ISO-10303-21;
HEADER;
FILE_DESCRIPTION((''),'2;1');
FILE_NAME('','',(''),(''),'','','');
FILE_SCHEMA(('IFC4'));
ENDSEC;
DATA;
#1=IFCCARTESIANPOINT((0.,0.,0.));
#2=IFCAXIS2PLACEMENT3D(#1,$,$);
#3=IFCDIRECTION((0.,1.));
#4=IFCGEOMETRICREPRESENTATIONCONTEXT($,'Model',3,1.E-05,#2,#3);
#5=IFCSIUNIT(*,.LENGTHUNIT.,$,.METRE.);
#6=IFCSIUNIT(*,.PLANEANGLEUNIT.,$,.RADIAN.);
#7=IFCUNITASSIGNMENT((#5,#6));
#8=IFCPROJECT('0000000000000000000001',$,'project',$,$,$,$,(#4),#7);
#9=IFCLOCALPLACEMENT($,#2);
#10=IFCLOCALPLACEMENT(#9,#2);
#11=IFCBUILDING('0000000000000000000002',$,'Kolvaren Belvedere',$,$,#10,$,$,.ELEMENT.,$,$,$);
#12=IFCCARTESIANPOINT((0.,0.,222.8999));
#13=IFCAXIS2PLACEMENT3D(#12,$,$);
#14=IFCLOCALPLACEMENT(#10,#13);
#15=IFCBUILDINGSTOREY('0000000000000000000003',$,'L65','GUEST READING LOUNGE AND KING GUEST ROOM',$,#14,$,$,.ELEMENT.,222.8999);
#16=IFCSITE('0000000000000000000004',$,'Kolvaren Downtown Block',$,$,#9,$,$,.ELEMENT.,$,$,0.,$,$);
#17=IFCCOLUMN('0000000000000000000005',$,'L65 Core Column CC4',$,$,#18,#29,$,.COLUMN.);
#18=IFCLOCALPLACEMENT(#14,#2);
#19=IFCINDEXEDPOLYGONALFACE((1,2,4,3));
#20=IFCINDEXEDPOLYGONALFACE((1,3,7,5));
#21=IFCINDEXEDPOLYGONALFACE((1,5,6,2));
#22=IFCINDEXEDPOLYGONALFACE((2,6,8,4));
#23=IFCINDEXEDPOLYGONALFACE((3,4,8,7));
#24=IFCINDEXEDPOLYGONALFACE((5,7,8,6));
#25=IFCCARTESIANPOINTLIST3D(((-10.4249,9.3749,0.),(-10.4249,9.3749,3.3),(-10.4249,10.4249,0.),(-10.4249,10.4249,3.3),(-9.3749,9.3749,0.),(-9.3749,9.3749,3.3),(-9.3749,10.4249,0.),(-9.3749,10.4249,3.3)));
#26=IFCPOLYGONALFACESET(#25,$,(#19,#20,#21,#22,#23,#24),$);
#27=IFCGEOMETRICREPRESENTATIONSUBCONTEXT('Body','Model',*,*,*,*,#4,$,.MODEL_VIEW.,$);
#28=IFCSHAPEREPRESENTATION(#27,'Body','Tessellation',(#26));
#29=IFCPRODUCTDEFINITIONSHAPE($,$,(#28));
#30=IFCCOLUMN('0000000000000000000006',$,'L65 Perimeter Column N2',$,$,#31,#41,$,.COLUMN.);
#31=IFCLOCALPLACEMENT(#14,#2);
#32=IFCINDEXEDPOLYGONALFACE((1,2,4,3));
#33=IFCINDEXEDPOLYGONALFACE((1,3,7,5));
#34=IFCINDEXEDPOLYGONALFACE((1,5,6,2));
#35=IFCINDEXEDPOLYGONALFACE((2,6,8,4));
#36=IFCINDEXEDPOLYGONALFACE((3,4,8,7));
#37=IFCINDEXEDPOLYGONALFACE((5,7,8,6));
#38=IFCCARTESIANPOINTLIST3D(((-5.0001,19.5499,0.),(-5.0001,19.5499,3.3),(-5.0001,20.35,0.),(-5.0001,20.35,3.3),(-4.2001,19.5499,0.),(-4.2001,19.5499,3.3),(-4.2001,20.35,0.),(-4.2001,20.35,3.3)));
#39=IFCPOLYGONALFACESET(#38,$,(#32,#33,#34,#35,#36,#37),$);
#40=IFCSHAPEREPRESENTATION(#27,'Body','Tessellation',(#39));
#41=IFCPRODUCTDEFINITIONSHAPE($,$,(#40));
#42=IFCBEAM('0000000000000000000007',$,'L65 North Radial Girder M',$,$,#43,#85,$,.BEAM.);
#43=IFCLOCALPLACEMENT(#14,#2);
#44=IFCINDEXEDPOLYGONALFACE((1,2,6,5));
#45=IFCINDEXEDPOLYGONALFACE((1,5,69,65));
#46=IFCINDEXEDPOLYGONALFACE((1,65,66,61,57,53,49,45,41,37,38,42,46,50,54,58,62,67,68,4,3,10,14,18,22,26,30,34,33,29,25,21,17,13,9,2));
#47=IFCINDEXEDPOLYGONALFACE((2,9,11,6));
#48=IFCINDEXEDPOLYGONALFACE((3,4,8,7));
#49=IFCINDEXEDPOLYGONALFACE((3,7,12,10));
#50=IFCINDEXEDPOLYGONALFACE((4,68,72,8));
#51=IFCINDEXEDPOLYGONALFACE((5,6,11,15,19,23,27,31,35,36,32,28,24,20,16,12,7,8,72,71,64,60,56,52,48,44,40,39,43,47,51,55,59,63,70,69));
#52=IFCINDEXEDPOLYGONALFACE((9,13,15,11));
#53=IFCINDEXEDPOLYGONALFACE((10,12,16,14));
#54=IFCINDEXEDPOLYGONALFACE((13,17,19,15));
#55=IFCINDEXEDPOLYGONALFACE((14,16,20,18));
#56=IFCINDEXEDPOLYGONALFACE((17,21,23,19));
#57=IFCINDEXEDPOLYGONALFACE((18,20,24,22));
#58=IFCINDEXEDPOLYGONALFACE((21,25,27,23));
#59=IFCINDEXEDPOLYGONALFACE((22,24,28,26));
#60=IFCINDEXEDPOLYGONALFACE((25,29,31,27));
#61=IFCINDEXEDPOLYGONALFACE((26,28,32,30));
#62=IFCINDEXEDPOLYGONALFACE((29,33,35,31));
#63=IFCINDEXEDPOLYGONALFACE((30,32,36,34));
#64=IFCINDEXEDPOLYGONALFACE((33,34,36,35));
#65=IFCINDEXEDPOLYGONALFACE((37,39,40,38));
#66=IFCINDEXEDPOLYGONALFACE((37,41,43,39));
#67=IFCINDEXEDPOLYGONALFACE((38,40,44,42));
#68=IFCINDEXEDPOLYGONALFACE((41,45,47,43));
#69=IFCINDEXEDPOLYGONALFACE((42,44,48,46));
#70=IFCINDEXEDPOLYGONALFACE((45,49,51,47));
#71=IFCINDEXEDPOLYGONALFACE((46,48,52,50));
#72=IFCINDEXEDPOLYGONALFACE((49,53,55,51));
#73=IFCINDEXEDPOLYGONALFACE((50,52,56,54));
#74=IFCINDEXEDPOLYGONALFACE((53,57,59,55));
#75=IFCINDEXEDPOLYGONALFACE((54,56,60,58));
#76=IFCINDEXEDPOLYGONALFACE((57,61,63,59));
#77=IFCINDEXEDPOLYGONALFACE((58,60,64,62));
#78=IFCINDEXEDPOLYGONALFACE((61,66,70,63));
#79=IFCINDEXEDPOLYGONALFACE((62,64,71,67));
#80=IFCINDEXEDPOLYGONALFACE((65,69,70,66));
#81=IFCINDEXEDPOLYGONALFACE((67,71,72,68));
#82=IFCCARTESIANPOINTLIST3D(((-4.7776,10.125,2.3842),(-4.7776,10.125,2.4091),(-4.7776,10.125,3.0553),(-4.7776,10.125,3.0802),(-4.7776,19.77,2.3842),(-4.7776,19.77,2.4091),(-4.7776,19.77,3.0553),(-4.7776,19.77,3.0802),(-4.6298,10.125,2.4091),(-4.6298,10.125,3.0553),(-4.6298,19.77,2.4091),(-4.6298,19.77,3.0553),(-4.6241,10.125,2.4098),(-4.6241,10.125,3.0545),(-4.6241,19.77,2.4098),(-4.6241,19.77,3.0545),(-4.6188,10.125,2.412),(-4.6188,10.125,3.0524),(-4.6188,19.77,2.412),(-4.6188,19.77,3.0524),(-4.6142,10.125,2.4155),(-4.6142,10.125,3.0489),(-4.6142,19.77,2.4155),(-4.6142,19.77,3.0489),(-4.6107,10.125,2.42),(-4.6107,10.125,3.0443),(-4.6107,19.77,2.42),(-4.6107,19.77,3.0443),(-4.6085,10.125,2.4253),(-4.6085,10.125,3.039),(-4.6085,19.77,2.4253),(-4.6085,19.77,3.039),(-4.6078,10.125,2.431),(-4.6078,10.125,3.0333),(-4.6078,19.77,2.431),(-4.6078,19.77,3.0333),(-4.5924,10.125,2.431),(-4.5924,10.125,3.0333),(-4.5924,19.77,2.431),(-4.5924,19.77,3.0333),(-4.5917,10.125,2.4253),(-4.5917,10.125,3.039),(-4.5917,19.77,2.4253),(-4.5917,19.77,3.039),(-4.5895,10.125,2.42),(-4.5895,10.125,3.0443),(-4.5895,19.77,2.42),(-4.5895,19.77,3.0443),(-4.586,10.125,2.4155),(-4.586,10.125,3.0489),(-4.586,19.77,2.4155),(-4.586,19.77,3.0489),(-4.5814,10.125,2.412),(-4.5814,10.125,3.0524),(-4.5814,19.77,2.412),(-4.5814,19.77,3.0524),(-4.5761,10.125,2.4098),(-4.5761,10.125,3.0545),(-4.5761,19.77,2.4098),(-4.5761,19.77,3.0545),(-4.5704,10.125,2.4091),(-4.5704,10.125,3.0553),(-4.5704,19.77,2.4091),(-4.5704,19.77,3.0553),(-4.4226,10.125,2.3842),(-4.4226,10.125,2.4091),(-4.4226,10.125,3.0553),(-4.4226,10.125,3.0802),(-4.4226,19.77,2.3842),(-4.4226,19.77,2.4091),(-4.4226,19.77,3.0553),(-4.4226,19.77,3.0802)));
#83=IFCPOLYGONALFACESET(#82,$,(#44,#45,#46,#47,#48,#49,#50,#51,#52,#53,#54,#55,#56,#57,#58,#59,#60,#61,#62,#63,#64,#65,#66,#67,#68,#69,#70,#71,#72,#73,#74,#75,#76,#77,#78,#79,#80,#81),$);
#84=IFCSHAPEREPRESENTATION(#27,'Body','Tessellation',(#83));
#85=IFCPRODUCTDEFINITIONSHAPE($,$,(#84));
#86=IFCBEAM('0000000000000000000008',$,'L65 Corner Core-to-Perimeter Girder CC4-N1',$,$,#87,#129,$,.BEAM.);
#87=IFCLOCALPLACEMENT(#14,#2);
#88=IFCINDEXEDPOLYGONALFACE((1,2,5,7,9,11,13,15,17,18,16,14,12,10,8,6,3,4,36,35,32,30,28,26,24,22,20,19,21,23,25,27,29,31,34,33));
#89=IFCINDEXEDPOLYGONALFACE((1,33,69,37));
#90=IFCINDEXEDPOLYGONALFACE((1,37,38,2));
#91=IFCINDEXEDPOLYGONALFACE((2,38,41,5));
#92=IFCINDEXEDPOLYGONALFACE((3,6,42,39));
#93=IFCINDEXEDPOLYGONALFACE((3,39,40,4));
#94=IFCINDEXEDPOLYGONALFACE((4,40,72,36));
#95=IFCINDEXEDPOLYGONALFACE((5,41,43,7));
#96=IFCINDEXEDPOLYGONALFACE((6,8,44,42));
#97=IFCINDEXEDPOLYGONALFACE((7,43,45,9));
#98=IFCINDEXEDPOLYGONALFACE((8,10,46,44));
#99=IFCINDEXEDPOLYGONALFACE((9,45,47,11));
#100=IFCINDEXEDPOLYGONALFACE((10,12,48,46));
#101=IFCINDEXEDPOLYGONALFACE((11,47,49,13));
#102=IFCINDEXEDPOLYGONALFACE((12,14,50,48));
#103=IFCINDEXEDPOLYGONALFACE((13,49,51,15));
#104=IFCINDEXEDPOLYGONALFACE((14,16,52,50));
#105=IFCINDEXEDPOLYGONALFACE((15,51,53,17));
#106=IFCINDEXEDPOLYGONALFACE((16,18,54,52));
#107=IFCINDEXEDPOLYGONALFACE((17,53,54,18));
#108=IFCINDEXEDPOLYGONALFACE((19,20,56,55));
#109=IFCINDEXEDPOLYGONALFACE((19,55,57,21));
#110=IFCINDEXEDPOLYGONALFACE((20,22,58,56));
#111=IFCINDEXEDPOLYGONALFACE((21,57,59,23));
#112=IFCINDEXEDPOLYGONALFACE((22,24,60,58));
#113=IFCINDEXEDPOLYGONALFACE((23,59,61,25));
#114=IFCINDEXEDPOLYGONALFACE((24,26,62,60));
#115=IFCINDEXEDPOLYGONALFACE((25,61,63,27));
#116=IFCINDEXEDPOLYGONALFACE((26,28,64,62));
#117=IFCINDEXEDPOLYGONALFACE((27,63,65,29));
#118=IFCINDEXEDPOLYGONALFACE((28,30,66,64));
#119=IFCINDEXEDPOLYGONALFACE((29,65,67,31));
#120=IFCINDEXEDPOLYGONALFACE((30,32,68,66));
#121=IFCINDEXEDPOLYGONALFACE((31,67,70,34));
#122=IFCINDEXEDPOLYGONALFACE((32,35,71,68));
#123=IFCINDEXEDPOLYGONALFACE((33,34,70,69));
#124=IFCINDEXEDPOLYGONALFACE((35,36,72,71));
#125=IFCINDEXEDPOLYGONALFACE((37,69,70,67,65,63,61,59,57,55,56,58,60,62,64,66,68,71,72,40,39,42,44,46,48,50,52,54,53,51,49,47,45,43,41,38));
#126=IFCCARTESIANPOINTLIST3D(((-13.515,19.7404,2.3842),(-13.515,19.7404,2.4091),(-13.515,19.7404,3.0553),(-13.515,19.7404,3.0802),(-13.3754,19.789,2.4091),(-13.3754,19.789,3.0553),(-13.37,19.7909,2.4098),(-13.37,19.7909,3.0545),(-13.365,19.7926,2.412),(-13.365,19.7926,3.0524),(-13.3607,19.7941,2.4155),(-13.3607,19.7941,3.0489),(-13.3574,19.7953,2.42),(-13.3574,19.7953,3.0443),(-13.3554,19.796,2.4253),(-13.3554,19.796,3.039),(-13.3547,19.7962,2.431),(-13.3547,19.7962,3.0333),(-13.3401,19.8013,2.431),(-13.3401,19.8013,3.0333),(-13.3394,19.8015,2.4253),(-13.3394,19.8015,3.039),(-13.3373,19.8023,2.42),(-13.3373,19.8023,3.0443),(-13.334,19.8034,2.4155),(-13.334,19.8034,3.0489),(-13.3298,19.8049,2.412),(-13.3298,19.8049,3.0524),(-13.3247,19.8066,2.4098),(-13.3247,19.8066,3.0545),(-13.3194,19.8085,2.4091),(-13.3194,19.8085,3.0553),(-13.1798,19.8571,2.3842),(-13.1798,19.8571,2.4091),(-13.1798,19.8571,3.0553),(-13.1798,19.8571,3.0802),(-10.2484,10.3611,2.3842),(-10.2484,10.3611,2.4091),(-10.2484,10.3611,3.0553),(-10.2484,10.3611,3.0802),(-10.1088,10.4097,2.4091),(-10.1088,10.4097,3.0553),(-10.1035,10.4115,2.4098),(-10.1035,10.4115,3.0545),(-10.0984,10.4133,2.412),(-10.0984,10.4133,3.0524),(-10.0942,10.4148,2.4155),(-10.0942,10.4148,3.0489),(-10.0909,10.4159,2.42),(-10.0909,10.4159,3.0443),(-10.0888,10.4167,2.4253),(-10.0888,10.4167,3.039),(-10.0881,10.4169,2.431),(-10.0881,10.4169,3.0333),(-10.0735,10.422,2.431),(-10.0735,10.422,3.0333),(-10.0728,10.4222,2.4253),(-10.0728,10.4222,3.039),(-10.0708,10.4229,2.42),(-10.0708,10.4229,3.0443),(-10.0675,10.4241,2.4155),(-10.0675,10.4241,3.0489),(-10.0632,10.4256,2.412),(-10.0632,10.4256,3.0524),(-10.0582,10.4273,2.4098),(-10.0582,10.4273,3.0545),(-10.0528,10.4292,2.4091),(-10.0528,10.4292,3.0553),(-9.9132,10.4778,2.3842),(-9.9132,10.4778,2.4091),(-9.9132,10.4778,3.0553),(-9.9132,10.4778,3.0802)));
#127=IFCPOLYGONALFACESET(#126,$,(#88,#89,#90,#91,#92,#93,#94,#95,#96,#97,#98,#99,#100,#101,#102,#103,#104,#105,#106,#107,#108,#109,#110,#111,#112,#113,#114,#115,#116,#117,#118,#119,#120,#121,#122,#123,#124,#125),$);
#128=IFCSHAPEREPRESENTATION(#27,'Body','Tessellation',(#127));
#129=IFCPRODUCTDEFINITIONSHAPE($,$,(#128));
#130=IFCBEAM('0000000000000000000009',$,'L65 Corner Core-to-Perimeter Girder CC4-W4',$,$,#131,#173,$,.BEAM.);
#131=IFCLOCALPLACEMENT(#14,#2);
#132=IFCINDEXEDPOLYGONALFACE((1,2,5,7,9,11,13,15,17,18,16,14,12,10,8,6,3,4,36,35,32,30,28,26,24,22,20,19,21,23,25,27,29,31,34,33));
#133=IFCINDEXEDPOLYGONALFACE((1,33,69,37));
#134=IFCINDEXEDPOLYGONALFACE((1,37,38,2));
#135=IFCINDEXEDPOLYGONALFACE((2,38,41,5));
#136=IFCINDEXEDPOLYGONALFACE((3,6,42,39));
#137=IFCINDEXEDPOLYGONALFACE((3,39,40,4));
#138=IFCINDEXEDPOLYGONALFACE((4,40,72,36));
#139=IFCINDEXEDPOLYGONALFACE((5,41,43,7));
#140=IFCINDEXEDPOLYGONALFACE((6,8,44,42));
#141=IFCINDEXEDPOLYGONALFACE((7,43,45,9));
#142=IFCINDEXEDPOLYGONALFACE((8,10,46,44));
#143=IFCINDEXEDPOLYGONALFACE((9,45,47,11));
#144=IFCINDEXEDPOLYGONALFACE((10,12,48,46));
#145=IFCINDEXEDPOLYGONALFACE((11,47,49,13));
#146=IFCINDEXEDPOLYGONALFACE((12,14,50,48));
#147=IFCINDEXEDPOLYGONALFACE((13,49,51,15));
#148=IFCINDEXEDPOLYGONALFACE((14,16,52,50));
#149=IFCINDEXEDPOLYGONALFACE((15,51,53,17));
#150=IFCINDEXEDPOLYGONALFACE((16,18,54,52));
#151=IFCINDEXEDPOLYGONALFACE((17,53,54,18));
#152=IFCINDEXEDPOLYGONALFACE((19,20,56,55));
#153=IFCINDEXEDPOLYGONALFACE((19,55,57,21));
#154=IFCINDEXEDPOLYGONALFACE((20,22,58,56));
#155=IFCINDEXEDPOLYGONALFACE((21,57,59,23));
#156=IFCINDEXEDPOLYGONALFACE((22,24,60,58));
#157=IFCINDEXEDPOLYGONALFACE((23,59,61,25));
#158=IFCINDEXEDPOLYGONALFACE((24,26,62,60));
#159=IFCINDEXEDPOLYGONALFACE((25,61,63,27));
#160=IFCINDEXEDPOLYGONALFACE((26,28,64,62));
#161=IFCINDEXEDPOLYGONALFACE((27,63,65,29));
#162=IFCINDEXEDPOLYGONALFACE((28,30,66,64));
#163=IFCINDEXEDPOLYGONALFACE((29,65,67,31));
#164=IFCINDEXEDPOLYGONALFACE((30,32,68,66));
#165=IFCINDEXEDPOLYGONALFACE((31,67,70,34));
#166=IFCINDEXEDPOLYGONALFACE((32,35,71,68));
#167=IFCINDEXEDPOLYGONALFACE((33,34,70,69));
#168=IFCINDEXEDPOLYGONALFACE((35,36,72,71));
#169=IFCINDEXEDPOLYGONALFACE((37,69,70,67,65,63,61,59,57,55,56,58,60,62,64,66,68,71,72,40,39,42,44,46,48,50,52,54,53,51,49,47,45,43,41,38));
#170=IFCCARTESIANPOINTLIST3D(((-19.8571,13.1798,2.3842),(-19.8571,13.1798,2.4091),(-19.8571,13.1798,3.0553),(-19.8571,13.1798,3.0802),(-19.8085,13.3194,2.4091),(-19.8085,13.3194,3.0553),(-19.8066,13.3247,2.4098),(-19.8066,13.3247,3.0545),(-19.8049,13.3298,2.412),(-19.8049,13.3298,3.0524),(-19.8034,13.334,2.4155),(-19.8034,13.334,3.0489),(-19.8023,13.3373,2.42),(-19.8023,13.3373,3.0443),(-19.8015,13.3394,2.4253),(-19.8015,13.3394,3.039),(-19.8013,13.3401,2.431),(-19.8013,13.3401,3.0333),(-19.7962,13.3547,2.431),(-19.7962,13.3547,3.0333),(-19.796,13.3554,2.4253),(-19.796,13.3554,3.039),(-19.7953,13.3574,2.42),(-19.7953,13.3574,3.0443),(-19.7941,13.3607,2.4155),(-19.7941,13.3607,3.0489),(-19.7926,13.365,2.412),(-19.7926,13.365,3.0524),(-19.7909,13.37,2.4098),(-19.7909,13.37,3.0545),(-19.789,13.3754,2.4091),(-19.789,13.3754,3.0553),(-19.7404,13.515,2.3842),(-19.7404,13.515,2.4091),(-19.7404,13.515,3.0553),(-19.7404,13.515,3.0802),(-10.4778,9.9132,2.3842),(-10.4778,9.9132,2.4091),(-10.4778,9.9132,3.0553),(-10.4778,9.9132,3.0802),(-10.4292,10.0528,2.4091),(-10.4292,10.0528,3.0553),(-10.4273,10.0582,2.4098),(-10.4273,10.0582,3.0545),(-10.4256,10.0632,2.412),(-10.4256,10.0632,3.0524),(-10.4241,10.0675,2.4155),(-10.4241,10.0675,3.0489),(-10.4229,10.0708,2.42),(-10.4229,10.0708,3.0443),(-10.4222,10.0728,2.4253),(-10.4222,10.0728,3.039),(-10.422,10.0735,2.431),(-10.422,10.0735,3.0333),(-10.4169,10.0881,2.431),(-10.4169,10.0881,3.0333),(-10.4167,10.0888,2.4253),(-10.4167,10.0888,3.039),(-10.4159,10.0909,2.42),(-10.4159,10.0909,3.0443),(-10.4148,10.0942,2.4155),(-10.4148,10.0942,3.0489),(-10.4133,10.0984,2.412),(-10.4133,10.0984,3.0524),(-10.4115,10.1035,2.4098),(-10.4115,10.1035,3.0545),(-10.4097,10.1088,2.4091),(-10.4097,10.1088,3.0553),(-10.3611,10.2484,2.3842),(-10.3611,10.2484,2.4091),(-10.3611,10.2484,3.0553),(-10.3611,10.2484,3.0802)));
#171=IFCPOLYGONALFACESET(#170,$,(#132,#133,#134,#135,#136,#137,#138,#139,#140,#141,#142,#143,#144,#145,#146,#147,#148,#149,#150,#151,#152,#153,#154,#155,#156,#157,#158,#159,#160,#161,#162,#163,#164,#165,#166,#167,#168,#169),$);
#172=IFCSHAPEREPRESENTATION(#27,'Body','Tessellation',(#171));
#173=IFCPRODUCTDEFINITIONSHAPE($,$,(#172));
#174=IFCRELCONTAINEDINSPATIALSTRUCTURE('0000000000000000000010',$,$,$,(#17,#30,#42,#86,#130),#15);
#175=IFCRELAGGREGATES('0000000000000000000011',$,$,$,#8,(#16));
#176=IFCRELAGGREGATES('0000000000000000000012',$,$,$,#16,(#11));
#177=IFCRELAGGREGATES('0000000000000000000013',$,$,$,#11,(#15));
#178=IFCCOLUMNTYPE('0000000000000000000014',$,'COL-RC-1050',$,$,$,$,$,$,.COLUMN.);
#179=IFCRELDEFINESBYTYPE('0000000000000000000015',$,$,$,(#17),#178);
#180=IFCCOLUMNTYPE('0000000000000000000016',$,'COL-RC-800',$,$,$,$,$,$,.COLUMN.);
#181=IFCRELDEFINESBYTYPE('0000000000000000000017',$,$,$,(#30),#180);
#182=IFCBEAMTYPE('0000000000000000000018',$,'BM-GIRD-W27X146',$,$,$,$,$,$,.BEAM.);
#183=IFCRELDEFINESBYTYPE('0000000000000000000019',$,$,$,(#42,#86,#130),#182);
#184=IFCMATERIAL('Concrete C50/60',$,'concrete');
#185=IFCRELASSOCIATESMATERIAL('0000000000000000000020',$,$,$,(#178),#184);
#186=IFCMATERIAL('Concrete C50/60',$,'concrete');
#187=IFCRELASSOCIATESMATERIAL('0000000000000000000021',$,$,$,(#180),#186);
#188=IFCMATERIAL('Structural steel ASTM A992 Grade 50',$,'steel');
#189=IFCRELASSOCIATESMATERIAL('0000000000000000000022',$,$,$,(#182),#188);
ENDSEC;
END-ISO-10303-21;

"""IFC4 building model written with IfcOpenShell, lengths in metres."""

from ifc_helpers import new_model, si_unit, direction, frame, origin, origin_2d, place, context, subcontext, project, spatial, rectangle, i_section, extrude, material, material_profile, profile_set, type_object, element, save


model = new_model("IFC4")

# Units and contexts
model_context = context("Model", 3, precision=1e-05, world=origin(), true_north=direction((0.0, 1.0)))
body_context = subcontext(model_context, "Body", "Model", "MODEL_VIEW")
ifc_project = project(units=[si_unit("LENGTHUNIT", "METRE"), si_unit("PLANEANGLEUNIT", "RADIAN")], contexts=[model_context])

# Site, building, storey
site_placement = place(None, origin())
site = spatial("IfcSite", under=ifc_project, at=site_placement, Name="Kolvaren Downtown Block", CompositionType="ELEMENT", RefElevation=0.0)
building_placement = place(site_placement, origin())
building = spatial("IfcBuilding", under=site, at=building_placement, Name="Kolvaren Belvedere", CompositionType="ELEMENT")
storey_placement = place(building_placement, frame((0.0, 0.0, 222.8999)))
storey = spatial("IfcBuildingStorey", under=building, at=storey_placement, Name="L65", Description="GUEST READING LOUNGE AND KING GUEST ROOM", CompositionType="ELEMENT", Elevation=222.8999)

# Columns
ifc_material_1 = material(Name="Concrete C50/60", Category="concrete")
ifc_material_profile_1 = material_profile(ifc_material_1, rectangle(XDim=1.05, YDim=1.05, at=origin_2d()), Name="RC 1050X1050")
ifc_profile_set_1 = profile_set([ifc_material_profile_1], Name="Concrete C50/60")
column_type_1 = type_object("IfcColumnType", Name="COL-RC-1050", PredefinedType="COLUMN", material=ifc_profile_set_1)
column_1_placement = place(storey_placement, frame((-9.8999, 9.8999, 0.0), z_axis=(0.0, 0.0, 1.0), x_axis=(1.0, 0.0, 0.0)))
element("IfcColumn", 1, at=column_1_placement, inside=storey, type_object=column_type_1, Name="L65 Core Column CC4", PredefinedType="COLUMN", context=body_context, shape_type="SweptSolid", body=[
    extrude(rectangle(XDim=1.05, YDim=1.05, at=origin_2d()), origin(), (0.0, 0.0, 1.0), 3.3),
])
ifc_material_2 = material(Name="Concrete C50/60", Category="concrete")
ifc_material_profile_2 = material_profile(ifc_material_2, rectangle(XDim=0.8, YDim=0.8, at=origin_2d()), Name="RC 800X800")
ifc_profile_set_2 = profile_set([ifc_material_profile_2], Name="Concrete C50/60")
column_type_2 = type_object("IfcColumnType", Name="COL-RC-800", PredefinedType="COLUMN", material=ifc_profile_set_2)
column_2_placement = place(storey_placement, frame((-4.6001, 19.95, 0.0), z_axis=(0.0, 0.0, 1.0), x_axis=(1.0, 0.0, 0.0)))
element("IfcColumn", 2, at=column_2_placement, inside=storey, type_object=column_type_2, Name="L65 Perimeter Column N2", PredefinedType="COLUMN", context=body_context, shape_type="SweptSolid", body=[
    extrude(rectangle(XDim=0.8, YDim=0.8, at=origin_2d()), origin(), (0.0, 0.0, 1.0), 3.3),
])

# Beams
ifc_material_3 = material(Name="Structural steel ASTM A992 Grade 50", Category="steel")
ifc_material_profile_3 = material_profile(ifc_material_3, i_section(OverallWidth=0.355, OverallDepth=0.696, WebThickness=0.0154, FlangeThickness=0.0249, FilletRadius=0.022, at=origin_2d()), Name="W27X146")
ifc_profile_set_3 = profile_set([ifc_material_profile_3], Name="Structural steel ASTM A992 Grade 50")
beam_type_1 = type_object("IfcBeamType", Name="BM-GIRD-W27X146", PredefinedType="BEAM", material=ifc_profile_set_3)
beam_1_placement = place(storey_placement, frame((-4.6001, 10.125, 2.7322), z_axis=(0.0, 1.0, 0.0), x_axis=(-1.0, 0.0, 0.0)))
element("IfcBeam", 3, at=beam_1_placement, inside=storey, type_object=beam_type_1, Name="L65 North Radial Girder M", PredefinedType="BEAM", context=body_context, shape_type="SweptSolid", body=[
    extrude(i_section(OverallWidth=0.355, OverallDepth=0.696, WebThickness=0.0154, FlangeThickness=0.0249, FilletRadius=0.022, at=origin_2d()), origin(), (0.0, 0.0, 1.0), 9.645),
])
for number, where, z_axis, x_axis, name in (
    (4, (-10.0808, 10.4194, 2.7322), (-0.328898, 0.944365, 0.0), (-0.944365, -0.328898, 0.0), "L65 Corner Core-to-Perimeter Girder CC4-N1"),
    (5, (-10.4194, 10.0808, 2.7322), (-0.944365, 0.328898, 0.0), (-0.328898, -0.944365, 0.0), "L65 Corner Core-to-Perimeter Girder CC4-W4"),
):
    element("IfcBeam", number, at=place(storey_placement, frame(where, z_axis=z_axis, x_axis=x_axis)), inside=storey, type_object=beam_type_1, Name=name, PredefinedType="BEAM", context=body_context, shape_type="SweptSolid", body=[
        extrude(i_section(OverallWidth=0.355, OverallDepth=0.696, WebThickness=0.0154, FlangeThickness=0.0249, FilletRadius=0.022, at=origin_2d()), origin(), (0.0, 0.0, 1.0), 9.9319),
    ])

save(model, "model.ifc")
